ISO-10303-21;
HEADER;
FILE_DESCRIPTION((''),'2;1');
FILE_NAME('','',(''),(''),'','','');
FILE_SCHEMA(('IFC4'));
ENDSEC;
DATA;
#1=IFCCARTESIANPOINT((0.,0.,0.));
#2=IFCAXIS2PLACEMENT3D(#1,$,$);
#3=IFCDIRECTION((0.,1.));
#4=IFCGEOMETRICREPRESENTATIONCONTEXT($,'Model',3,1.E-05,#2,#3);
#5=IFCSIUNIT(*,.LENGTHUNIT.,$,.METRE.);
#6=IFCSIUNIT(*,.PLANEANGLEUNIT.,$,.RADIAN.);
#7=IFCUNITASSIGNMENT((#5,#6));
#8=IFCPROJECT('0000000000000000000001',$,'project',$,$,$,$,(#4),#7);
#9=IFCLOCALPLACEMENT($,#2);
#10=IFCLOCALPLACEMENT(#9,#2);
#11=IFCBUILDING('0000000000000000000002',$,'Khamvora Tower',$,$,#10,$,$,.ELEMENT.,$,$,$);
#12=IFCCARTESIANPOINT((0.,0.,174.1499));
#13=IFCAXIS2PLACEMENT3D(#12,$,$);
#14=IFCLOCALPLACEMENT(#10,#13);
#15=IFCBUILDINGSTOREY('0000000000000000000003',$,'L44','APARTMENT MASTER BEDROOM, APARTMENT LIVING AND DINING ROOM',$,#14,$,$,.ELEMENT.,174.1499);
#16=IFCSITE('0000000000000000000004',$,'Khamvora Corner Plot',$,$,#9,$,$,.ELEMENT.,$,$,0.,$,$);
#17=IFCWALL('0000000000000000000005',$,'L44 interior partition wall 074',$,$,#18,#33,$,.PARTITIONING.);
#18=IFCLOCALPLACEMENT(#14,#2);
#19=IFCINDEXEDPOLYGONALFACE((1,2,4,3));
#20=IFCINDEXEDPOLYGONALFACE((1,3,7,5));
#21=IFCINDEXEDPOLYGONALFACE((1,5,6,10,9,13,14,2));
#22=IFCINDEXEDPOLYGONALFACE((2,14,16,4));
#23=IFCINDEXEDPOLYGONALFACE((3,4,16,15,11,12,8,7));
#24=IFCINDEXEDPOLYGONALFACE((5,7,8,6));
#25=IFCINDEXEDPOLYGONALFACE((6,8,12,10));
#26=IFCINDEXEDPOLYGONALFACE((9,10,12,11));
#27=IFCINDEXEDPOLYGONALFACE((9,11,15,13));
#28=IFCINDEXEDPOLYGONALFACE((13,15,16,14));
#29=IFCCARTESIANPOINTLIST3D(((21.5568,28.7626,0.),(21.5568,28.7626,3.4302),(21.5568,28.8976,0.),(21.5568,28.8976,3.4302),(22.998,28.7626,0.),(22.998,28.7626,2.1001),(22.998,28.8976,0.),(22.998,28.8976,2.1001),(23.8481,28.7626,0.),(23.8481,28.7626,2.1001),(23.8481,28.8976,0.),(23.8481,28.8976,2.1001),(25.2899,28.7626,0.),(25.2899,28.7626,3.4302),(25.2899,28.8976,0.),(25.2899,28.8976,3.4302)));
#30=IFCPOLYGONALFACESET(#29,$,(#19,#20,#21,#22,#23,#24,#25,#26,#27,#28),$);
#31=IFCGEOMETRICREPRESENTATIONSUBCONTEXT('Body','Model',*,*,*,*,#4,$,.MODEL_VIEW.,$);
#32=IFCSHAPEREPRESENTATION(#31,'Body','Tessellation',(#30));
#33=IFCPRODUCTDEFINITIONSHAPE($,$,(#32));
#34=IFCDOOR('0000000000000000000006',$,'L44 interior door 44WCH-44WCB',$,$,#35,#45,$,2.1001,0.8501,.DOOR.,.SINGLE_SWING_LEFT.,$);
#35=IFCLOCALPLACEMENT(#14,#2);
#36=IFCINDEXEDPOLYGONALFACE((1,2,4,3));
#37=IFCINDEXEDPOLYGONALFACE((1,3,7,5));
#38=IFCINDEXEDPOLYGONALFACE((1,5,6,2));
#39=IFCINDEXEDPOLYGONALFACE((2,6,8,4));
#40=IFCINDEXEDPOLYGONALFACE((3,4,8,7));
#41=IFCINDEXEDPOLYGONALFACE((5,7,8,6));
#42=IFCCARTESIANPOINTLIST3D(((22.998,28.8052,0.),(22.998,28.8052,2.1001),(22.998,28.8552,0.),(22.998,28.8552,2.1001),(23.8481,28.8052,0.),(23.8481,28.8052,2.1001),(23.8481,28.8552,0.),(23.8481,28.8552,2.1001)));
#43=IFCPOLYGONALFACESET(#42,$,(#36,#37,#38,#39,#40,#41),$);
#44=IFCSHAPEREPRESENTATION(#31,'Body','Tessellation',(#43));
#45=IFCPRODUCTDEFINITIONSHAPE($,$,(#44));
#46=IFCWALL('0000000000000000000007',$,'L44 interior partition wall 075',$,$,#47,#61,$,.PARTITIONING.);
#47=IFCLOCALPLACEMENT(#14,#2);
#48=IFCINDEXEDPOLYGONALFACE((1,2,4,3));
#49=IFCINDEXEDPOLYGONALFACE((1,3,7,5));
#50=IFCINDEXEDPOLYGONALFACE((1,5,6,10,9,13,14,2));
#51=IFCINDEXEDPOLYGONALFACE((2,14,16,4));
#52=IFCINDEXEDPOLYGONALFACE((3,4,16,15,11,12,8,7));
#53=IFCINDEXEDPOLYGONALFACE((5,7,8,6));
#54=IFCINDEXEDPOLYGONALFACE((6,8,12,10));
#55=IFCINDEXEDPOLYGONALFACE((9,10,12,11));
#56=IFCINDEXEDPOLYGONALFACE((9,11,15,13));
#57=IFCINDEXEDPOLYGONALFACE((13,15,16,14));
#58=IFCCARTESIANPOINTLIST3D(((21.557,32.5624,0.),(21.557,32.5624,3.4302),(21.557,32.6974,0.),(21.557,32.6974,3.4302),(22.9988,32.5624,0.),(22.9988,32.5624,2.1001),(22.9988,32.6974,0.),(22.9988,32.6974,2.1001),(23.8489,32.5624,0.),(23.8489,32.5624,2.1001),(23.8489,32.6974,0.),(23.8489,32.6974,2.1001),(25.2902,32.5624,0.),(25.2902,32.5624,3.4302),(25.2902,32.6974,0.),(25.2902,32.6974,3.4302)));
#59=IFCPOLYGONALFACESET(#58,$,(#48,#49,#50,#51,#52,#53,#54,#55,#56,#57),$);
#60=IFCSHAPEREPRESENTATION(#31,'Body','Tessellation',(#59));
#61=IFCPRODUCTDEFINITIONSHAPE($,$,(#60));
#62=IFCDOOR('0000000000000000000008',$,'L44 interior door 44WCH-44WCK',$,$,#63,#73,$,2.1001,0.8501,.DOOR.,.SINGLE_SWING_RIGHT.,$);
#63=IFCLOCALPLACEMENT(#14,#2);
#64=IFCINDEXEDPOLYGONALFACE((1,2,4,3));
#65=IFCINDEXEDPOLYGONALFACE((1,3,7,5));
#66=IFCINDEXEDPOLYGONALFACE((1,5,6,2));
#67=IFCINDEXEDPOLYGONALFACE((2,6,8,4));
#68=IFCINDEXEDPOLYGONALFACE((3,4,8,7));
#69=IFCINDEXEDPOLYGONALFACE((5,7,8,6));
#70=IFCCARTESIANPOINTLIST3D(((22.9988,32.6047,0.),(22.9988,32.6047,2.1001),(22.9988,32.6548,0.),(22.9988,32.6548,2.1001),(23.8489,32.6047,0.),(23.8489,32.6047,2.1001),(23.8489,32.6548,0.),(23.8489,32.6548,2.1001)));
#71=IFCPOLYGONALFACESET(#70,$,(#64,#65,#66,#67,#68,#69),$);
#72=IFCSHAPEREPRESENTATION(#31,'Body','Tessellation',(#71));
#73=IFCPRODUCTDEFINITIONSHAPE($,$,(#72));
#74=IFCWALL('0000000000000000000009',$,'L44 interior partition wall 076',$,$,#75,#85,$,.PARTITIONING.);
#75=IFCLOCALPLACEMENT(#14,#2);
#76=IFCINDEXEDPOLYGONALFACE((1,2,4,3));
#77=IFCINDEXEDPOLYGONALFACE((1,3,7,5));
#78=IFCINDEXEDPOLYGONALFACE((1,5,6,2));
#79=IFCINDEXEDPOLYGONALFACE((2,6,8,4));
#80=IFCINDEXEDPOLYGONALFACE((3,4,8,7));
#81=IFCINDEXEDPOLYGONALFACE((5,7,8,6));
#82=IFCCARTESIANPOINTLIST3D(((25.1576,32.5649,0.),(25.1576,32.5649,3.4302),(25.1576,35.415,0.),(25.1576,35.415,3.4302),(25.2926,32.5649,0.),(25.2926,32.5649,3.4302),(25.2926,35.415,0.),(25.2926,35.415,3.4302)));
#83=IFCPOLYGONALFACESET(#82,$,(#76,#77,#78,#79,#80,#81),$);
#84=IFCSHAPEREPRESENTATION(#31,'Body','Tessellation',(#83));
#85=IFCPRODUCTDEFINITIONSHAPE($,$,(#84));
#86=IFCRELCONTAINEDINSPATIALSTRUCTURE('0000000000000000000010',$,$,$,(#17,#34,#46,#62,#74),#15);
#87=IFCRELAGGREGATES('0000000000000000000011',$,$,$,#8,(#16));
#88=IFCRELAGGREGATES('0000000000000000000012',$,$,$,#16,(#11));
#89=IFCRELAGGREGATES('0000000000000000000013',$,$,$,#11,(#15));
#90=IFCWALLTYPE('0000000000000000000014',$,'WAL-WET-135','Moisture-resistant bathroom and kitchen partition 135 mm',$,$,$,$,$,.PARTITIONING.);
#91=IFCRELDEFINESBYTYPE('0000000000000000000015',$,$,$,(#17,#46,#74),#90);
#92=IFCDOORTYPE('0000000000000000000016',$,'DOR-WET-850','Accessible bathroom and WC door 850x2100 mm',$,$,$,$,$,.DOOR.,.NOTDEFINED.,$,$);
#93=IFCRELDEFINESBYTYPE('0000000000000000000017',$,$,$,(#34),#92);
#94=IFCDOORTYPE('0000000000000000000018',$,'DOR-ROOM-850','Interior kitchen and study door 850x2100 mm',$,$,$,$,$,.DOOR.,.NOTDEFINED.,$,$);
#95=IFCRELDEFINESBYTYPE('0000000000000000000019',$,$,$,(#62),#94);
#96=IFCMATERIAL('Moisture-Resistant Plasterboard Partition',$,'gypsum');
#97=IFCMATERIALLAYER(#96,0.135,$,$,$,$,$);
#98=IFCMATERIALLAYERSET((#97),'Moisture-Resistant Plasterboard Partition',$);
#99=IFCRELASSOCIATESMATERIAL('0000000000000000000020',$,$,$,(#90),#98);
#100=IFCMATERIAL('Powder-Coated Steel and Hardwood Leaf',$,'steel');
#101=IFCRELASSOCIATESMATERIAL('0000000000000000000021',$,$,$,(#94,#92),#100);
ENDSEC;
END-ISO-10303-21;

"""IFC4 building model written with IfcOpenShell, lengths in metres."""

from ifc_helpers import new_model, si_unit, direction, frame, frame_2d, origin, place, context, subcontext, project, spatial, rectangle, extrude, material, layer, layer_set, type_object, element, fill, save


model = new_model("IFC4")

# Units and contexts
model_context = context("Model", 3, precision=1e-05, world=origin(), true_north=direction((0.0, 1.0)))
body_context = subcontext(model_context, "Body", "Model", "MODEL_VIEW")
ifc_project = project(units=[si_unit("LENGTHUNIT", "METRE"), si_unit("PLANEANGLEUNIT", "RADIAN")], contexts=[model_context])

# Site, building, storey
site_placement = place(None, origin())
site = spatial("IfcSite", under=ifc_project, at=site_placement, Name="Khamvora Corner Plot", CompositionType="ELEMENT", RefElevation=0.0)
building_placement = place(site_placement, origin())
building = spatial("IfcBuilding", under=site, at=building_placement, Name="Khamvora Tower", CompositionType="ELEMENT")
storey_placement = place(building_placement, frame((0.0, 0.0, 174.1499)))
storey = spatial("IfcBuildingStorey", under=building, at=storey_placement, Name="L44", Description="APARTMENT MASTER BEDROOM, APARTMENT LIVING AND DINING ROOM", CompositionType="ELEMENT", Elevation=174.1499)

# Shared definitions
ifc_material_1 = material(Name="Moisture-Resistant Plasterboard Partition", Category="gypsum")
ifc_layer_1 = layer(ifc_material_1, 0.135)
ifc_layer_set_1 = layer_set([ifc_layer_1], Name="Moisture-Resistant Plasterboard Partition")
wall_type_1 = type_object("IfcWallType", Name="WAL-WET-135", Description="Moisture-resistant bathroom and kitchen partition 135 mm", PredefinedType="PARTITIONING", material=ifc_layer_set_1)

# Shared definitions
ifc_material_2 = material(Name="Powder-Coated Steel and Hardwood Leaf", Category="steel")
door_type_1 = type_object("IfcDoorType", Name="DOR-ROOM-850", Description="Interior kitchen and study door 850x2100 mm", OperationType="NOTDEFINED", PredefinedType="DOOR", material=ifc_material_2)

# Walls, openings, doors
wall_1_placement = place(storey_placement, frame((25.29, 28.8301, 0.0), z_axis=(0.0, 0.0, 1.0), x_axis=(-1.0, 0.0, 0.0)))
wall_1 = element("IfcWall", 1, at=wall_1_placement, inside=storey, type_object=wall_type_1, Name="L44 interior partition wall 074", PredefinedType="PARTITIONING", context=body_context, shape_type="SweptSolid", body=[
    extrude(rectangle(XDim=3.7332, YDim=0.135, at=frame_2d((1.8667, 0.0))), origin(), (0.0, 0.0, 1.0), 3.4302),
])
opening_1_placement = place(wall_1_placement, frame((1.4419, 0.0, 0.0)))
opening_1 = element("IfcOpeningElement", 2, at=opening_1_placement, cuts=wall_1, PredefinedType="OPENING", context=body_context, shape_type="SweptSolid", body=[
    extrude(rectangle(XDim=0.8501, YDim=2.1001, at=frame_2d((0.425, 1.05))), frame((0.0, 0.0774, 0.0), z_axis=(0.0, -1.0, 0.0), x_axis=(1.0, 0.0, 0.0)), (0.0, 0.0, 1.0), 0.155),
])
door_type_2 = type_object("IfcDoorType", Name="DOR-WET-850", Description="Accessible bathroom and WC door 850x2100 mm", OperationType="NOTDEFINED", PredefinedType="DOOR", material=ifc_material_2)
door_1_placement = place(opening_1_placement, origin())
door_1 = element("IfcDoor", 3, at=door_1_placement, inside=storey, type_object=door_type_2, Name="L44 interior door 44WCH-44WCB", OperationType="SINGLE_SWING_LEFT", OverallHeight=2.1001, OverallWidth=0.8501, PredefinedType="DOOR", context=body_context, shape_type="SweptSolid", body=[
    extrude(rectangle(XDim=0.8501, YDim=2.1001, at=frame_2d((0.425, 1.05))), frame((0.0, 0.0249, 0.0), z_axis=(0.0, -1.0, 0.0), x_axis=(1.0, 0.0, 0.0)), (0.0, 0.0, 1.0), 0.05),
])
fill(opening_1, door_1)
wall_2_placement = place(storey_placement, frame((21.5569, 32.6299, 0.0), z_axis=(0.0, 0.0, 1.0), x_axis=(1.0, 0.0, 0.0)))
wall_2 = element("IfcWall", 4, at=wall_2_placement, inside=storey, type_object=wall_type_1, Name="L44 interior partition wall 075", PredefinedType="PARTITIONING", context=body_context, shape_type="SweptSolid", body=[
    extrude(rectangle(XDim=3.7332, YDim=0.135, at=frame_2d((1.8667, 0.0))), origin(), (0.0, 0.0, 1.0), 3.4302),
])
opening_2_placement = place(wall_2_placement, frame((1.4419, 0.0, 0.0)))
opening_2 = element("IfcOpeningElement", 5, at=opening_2_placement, cuts=wall_2, PredefinedType="OPENING", context=body_context, shape_type="SweptSolid", body=[
    extrude(rectangle(XDim=0.8501, YDim=2.1001, at=frame_2d((0.425, 1.05))), frame((0.0, 0.0774, 0.0), z_axis=(0.0, -1.0, 0.0), x_axis=(1.0, 0.0, 0.0)), (0.0, 0.0, 1.0), 0.155),
])
door_2_placement = place(opening_2_placement, origin())
door_2 = element("IfcDoor", 6, at=door_2_placement, inside=storey, type_object=door_type_1, Name="L44 interior door 44WCH-44WCK", OperationType="SINGLE_SWING_RIGHT", OverallHeight=2.1001, OverallWidth=0.8501, PredefinedType="DOOR", context=body_context, shape_type="SweptSolid", body=[
    extrude(rectangle(XDim=0.8501, YDim=2.1001, at=frame_2d((0.425, 1.05))), frame((0.0, 0.0249, 0.0), z_axis=(0.0, -1.0, 0.0), x_axis=(1.0, 0.0, 0.0)), (0.0, 0.0, 1.0), 0.05),
])
fill(opening_2, door_2)

# Wall
wall_3_placement = place(storey_placement, frame((25.2251, 32.5649, 0.0), z_axis=(0.0, 0.0, 1.0), x_axis=(0.0, 1.0, 0.0)))
element("IfcWall", 7, at=wall_3_placement, inside=storey, type_object=wall_type_1, Name="L44 interior partition wall 076", PredefinedType="PARTITIONING", context=body_context, shape_type="SweptSolid", body=[
    extrude(rectangle(XDim=2.8501, YDim=0.135, at=frame_2d((1.425, 0.0))), origin(), (0.0, 0.0, 1.0), 3.4302),
])

save(model, "model.ifc")
